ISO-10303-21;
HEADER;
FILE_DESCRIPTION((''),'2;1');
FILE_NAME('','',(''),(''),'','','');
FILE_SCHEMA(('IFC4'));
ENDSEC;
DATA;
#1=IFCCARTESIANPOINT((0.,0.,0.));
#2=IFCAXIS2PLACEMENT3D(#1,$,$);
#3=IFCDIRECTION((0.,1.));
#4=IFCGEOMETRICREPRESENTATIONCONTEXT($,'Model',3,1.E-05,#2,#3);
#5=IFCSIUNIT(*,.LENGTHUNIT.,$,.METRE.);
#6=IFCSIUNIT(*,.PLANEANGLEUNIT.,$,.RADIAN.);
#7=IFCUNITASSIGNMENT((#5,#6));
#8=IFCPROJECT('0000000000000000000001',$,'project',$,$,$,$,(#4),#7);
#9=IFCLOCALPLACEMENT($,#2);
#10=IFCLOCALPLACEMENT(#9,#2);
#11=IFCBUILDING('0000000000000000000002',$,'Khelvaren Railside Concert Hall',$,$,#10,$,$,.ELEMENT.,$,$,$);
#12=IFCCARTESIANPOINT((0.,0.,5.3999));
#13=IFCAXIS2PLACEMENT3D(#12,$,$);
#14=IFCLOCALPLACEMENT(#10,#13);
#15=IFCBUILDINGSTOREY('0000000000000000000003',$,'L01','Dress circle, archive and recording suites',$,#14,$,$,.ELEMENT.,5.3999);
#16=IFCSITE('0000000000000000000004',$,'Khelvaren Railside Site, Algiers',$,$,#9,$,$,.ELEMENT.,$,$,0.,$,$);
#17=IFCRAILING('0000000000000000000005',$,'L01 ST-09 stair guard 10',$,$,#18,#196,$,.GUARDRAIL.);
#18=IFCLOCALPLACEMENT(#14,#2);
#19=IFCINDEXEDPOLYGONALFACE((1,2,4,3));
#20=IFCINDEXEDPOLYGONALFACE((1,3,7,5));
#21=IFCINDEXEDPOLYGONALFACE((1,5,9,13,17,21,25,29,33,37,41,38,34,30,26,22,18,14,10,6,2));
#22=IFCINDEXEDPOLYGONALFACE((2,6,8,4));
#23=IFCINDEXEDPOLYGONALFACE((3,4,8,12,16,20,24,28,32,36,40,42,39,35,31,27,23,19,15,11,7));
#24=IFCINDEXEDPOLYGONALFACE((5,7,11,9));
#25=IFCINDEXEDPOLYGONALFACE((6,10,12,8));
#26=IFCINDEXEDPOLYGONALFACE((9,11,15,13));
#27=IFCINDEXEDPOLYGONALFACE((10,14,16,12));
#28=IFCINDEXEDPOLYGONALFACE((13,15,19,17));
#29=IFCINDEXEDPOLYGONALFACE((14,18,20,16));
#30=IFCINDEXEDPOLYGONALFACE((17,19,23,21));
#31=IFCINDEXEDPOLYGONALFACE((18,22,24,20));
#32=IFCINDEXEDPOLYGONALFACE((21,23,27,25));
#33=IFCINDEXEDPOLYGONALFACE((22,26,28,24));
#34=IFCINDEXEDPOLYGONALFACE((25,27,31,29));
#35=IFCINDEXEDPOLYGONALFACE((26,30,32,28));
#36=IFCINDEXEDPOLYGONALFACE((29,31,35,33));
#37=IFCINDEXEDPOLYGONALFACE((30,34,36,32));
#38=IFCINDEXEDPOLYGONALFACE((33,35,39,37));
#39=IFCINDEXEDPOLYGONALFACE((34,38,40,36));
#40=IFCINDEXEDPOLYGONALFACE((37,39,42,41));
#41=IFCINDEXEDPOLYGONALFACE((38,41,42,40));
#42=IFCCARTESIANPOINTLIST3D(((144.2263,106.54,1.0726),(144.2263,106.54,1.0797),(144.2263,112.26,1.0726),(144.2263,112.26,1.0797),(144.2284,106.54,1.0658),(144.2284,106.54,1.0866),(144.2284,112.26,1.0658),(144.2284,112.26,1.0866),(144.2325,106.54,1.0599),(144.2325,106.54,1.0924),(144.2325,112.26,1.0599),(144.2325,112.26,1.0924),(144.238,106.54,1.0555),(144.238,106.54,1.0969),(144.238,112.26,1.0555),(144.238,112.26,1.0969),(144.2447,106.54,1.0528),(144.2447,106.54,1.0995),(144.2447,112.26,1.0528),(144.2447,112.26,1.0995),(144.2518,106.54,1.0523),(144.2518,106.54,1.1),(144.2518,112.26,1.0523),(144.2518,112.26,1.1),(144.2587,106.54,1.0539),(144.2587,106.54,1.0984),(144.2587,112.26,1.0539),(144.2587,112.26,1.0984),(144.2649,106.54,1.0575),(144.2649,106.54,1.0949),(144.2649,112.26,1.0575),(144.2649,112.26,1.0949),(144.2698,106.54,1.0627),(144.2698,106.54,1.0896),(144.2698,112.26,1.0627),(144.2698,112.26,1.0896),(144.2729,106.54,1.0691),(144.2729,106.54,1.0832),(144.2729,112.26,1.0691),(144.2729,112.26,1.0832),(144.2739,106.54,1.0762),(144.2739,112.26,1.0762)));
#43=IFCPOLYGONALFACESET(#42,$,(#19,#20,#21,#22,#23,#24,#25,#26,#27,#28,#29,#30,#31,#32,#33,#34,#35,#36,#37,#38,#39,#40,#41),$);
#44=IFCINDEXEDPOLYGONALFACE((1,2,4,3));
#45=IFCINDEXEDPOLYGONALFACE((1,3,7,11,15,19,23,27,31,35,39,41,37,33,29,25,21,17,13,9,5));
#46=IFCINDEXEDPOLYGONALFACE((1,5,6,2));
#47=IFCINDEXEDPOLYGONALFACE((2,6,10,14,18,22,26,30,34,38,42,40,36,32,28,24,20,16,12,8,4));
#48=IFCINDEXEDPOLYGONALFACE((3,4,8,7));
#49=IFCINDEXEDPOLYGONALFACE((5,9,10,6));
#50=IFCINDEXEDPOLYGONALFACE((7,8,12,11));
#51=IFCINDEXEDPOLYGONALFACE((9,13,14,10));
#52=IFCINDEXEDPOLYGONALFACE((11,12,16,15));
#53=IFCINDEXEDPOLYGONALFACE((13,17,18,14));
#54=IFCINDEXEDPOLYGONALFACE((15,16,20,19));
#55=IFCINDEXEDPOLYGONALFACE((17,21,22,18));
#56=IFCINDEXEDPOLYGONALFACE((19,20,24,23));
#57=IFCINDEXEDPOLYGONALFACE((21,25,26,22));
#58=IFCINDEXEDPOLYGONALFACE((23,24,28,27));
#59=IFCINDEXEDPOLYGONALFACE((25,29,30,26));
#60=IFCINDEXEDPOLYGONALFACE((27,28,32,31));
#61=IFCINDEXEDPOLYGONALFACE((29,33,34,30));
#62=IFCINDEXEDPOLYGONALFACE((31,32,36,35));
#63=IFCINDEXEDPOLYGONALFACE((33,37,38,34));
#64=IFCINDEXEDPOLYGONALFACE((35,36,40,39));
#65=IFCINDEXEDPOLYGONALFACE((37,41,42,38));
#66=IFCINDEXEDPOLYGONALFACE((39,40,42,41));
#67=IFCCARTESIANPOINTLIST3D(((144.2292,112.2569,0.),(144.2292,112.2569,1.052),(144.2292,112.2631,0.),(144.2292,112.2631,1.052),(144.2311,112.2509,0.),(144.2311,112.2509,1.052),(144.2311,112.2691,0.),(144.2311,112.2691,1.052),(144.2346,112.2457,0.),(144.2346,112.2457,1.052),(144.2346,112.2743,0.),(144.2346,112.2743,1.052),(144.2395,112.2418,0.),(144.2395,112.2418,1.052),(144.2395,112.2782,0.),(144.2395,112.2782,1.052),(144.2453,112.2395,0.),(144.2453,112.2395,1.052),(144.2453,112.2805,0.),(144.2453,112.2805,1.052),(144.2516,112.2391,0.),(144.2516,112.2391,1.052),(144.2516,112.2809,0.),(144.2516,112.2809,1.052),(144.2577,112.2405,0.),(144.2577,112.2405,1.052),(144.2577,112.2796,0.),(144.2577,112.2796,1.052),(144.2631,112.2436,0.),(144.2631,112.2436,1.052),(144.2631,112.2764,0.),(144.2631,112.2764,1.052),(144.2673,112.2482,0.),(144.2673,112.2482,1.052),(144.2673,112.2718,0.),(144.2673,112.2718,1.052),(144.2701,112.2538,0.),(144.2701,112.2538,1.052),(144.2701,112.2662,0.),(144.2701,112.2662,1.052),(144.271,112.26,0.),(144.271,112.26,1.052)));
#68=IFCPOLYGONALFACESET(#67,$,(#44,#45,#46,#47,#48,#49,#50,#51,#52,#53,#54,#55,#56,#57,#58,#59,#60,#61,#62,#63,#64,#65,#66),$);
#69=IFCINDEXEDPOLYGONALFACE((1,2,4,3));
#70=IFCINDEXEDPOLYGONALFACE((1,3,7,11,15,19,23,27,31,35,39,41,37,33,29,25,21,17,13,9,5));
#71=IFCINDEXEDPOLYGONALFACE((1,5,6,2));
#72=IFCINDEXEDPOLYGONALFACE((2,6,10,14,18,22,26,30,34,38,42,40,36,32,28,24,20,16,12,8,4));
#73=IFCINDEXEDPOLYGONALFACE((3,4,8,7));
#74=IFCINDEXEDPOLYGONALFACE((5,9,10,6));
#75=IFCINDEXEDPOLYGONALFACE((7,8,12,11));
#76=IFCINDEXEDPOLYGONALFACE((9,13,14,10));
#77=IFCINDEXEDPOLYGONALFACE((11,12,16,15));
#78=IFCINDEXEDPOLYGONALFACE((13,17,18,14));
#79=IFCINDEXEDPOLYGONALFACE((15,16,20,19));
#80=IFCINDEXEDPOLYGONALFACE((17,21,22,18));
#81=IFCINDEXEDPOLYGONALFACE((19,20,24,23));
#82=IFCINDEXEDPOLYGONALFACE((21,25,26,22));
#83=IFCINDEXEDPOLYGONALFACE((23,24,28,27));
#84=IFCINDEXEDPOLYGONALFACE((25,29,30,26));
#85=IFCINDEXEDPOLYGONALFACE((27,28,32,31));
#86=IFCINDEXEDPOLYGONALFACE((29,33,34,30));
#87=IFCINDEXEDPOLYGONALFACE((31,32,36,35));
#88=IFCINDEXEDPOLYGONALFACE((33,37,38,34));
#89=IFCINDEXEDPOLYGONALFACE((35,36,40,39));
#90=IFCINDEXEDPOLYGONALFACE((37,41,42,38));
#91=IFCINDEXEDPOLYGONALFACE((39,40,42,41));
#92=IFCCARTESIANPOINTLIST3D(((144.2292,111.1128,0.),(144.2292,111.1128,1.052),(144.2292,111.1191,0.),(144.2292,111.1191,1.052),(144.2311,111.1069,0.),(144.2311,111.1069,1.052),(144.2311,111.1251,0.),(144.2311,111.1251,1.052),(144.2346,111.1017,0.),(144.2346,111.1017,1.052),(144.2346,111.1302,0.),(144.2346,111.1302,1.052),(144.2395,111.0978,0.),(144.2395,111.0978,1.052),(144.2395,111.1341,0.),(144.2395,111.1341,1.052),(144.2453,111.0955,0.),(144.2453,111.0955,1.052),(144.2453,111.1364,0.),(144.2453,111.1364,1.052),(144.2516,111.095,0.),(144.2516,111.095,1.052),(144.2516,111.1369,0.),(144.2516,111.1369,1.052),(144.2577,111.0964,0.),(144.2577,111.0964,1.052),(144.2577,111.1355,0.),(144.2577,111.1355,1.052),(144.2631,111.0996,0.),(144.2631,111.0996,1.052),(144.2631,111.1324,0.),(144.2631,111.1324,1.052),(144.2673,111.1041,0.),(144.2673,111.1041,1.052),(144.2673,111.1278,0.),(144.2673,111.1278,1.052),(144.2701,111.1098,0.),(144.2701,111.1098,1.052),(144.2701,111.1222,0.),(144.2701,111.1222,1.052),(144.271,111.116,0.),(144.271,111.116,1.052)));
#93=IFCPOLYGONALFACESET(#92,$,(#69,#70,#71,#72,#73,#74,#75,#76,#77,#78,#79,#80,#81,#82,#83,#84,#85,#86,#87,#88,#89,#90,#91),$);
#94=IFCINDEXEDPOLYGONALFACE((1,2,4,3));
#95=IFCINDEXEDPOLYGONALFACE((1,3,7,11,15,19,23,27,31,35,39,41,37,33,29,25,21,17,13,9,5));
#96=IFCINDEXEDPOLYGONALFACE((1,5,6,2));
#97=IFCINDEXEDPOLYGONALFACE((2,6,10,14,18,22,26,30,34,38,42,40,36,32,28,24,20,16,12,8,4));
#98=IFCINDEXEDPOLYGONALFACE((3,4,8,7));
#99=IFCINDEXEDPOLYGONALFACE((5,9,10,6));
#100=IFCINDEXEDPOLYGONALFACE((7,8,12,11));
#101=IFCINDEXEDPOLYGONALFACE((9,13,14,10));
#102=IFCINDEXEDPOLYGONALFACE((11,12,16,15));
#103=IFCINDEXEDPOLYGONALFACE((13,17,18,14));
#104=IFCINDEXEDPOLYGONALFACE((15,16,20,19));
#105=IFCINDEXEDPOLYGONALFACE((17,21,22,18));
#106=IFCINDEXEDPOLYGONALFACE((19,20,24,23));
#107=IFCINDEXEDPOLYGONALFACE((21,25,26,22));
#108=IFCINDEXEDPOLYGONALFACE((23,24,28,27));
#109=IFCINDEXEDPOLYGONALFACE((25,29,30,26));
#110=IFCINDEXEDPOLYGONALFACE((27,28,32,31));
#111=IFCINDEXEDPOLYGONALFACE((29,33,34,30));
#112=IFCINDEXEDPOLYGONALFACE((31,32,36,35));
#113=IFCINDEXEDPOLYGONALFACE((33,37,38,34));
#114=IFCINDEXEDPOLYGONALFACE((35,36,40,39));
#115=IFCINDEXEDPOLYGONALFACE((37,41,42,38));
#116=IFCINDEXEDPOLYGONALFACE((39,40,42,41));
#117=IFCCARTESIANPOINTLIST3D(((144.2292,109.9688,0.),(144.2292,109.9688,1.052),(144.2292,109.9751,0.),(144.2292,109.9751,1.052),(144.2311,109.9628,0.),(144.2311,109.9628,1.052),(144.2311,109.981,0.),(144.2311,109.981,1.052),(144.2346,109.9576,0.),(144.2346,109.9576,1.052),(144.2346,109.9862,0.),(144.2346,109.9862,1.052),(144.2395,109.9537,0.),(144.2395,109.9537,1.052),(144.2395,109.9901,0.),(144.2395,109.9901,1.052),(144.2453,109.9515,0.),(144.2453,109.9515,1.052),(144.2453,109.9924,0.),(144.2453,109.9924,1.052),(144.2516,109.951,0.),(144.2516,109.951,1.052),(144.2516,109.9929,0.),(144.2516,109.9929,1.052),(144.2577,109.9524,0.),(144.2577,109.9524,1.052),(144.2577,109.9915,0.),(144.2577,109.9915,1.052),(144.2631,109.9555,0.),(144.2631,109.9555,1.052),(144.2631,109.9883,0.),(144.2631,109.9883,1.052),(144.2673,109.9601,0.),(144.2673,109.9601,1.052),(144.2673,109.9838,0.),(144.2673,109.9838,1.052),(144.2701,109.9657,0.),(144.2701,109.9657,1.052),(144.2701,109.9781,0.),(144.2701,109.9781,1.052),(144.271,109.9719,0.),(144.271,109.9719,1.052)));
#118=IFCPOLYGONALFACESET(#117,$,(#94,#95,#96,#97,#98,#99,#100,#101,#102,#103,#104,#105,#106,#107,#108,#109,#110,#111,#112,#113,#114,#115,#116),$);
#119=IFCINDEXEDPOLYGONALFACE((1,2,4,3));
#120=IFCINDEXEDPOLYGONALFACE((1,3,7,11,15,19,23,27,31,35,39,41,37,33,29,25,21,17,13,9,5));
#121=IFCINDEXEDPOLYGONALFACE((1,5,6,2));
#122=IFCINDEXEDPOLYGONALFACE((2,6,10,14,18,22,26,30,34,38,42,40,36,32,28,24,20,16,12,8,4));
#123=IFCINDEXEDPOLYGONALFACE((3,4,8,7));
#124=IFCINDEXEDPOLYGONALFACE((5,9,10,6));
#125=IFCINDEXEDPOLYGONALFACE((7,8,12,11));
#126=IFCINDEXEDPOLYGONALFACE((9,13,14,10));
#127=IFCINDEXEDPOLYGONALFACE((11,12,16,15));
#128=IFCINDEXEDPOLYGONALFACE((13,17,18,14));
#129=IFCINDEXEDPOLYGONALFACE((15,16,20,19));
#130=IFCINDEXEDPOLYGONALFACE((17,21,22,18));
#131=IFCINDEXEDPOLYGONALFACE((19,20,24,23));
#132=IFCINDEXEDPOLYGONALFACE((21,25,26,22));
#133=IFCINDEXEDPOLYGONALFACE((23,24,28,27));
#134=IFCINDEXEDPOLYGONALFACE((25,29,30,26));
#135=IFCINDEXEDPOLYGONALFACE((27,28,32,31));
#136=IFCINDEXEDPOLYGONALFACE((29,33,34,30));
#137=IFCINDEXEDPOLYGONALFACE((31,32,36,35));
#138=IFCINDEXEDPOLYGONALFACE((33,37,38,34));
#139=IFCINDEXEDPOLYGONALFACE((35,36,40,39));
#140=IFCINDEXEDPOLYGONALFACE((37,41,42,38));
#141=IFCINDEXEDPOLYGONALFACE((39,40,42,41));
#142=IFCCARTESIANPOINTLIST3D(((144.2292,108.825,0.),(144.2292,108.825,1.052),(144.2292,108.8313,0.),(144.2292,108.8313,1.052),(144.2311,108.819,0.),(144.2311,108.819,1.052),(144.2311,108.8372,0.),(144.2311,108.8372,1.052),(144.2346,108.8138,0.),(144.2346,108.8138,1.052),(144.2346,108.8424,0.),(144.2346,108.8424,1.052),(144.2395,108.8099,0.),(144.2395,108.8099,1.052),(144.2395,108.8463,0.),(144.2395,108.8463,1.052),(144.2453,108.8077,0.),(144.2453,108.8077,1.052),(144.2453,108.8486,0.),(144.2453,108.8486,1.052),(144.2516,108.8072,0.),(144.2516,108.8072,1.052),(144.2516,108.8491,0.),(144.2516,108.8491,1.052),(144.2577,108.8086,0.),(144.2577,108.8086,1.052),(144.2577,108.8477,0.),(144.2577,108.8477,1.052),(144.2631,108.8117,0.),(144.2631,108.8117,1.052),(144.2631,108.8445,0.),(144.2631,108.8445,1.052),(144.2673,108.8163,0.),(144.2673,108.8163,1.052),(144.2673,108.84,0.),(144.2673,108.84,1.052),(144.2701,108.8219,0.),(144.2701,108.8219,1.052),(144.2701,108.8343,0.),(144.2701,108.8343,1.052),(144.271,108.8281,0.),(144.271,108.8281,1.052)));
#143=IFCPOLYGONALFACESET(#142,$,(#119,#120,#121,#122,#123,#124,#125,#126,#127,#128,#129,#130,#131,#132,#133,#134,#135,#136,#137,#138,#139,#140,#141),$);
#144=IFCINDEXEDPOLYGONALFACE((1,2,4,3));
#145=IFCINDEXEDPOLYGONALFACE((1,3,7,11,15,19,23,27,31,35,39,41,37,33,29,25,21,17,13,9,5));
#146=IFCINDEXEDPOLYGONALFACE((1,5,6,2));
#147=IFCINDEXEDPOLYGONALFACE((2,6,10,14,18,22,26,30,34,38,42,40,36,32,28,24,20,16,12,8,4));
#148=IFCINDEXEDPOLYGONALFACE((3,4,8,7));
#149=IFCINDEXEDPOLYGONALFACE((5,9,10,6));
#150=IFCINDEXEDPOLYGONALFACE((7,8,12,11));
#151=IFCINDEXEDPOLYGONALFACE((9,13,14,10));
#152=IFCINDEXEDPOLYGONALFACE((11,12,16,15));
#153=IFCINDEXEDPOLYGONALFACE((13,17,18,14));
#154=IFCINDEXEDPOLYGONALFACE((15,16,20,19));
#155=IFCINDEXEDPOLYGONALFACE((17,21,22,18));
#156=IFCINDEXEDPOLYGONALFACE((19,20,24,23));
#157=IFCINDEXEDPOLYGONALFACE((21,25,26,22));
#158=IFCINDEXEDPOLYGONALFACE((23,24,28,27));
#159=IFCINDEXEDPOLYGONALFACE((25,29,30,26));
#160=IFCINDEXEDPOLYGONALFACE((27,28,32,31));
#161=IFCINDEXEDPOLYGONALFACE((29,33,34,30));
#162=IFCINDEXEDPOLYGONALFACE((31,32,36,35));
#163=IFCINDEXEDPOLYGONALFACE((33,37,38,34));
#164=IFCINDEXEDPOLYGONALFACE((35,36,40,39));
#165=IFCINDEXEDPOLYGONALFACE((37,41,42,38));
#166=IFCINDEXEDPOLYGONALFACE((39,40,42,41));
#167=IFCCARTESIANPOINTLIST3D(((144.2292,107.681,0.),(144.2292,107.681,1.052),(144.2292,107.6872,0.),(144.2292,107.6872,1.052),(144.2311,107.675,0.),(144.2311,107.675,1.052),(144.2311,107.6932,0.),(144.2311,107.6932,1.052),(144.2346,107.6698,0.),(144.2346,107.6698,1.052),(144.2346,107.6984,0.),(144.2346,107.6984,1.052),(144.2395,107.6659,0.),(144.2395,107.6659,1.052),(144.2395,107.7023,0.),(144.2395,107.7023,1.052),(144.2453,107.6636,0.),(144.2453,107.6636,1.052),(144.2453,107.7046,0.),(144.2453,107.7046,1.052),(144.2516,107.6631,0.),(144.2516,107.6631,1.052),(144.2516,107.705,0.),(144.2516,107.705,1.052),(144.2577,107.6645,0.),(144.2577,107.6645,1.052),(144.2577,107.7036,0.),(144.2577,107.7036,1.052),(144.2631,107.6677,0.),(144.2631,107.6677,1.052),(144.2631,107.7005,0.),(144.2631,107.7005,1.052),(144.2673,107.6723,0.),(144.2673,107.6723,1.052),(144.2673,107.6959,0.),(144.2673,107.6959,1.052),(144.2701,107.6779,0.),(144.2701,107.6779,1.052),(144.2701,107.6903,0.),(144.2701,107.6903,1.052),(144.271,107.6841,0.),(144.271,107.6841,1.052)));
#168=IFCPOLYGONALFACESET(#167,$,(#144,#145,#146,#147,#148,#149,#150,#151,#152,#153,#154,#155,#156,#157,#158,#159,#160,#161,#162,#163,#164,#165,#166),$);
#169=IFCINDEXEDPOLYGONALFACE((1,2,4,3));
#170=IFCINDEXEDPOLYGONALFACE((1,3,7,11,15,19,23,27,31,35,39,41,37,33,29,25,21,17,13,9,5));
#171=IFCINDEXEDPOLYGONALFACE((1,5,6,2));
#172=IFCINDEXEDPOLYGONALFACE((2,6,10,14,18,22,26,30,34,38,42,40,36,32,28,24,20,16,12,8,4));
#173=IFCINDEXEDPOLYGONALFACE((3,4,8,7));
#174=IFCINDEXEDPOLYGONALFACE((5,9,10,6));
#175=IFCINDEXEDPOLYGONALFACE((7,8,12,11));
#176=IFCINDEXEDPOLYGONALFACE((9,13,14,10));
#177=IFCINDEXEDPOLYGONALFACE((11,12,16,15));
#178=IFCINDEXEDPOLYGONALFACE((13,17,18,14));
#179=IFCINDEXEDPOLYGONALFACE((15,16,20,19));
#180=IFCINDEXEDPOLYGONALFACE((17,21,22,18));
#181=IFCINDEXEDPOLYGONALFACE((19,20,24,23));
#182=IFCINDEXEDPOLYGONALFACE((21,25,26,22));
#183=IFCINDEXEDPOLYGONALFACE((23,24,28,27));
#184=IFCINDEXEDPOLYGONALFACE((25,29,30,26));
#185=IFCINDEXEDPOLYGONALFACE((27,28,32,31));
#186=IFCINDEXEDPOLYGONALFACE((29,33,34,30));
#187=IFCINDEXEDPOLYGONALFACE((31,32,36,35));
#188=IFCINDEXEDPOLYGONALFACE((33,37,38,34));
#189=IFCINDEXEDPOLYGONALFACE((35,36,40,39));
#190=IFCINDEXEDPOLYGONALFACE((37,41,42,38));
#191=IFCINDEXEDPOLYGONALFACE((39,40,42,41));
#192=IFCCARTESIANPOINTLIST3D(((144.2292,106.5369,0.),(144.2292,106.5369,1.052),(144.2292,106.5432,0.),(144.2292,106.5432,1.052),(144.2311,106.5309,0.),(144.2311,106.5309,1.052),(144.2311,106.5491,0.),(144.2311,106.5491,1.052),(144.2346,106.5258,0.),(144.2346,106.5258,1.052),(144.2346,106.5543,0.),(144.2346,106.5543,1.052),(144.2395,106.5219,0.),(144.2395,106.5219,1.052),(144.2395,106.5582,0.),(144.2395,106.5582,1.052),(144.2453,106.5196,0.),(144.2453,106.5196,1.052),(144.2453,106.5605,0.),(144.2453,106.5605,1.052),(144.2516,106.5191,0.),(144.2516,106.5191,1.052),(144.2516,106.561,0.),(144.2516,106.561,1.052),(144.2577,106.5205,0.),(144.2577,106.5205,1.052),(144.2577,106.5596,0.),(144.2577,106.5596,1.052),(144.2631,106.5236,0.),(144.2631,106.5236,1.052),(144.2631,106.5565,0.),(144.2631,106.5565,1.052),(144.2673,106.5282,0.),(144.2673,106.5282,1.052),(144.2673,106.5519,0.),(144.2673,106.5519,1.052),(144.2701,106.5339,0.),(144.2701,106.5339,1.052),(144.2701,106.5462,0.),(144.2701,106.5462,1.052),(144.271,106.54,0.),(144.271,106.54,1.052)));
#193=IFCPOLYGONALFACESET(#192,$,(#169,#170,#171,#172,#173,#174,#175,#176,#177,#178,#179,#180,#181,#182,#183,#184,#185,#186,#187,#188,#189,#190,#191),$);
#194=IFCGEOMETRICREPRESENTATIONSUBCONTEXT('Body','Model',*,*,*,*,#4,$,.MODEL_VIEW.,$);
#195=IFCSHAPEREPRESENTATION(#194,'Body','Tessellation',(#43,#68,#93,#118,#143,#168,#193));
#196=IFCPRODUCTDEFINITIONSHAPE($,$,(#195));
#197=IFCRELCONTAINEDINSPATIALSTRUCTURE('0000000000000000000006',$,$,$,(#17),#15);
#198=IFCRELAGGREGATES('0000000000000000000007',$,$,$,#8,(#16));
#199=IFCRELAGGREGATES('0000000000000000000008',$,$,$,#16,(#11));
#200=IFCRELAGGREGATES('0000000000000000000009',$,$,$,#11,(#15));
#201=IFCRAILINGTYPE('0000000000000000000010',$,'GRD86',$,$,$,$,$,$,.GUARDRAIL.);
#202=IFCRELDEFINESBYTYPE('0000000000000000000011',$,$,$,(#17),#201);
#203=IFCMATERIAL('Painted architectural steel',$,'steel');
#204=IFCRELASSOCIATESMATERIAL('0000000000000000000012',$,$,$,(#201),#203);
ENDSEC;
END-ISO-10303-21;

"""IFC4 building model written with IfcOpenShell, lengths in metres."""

from ifc_helpers import new_model, si_unit, direction, frame, origin, origin_2d, place, context, subcontext, project, spatial, circle, extrude, material, type_object, element, save


model = new_model("IFC4")

# Units and contexts
model_context = context("Model", 3, precision=1e-05, world=origin(), true_north=direction((0.0, 1.0)))
body_context = subcontext(model_context, "Body", "Model", "MODEL_VIEW")
ifc_project = project(units=[si_unit("LENGTHUNIT", "METRE"), si_unit("PLANEANGLEUNIT", "RADIAN")], contexts=[model_context])

# Site, building, storey
site_placement = place(None, origin())
site = spatial("IfcSite", under=ifc_project, at=site_placement, Name="Khelvaren Railside Site, Algiers", CompositionType="ELEMENT", RefElevation=0.0)
building_placement = place(site_placement, origin())
building = spatial("IfcBuilding", under=site, at=building_placement, Name="Khelvaren Railside Concert Hall", CompositionType="ELEMENT")
storey_placement = place(building_placement, frame((0.0, 0.0, 5.3999)))
storey = spatial("IfcBuildingStorey", under=building, at=storey_placement, Name="L01", Description="Dress circle, archive and recording suites", CompositionType="ELEMENT", Elevation=5.3999)

# Railing
ifc_material_1 = material(Name="Painted architectural steel", Category="steel")
railing_type_1 = type_object("IfcRailingType", Name="GRD86", PredefinedType="GUARDRAIL", material=ifc_material_1)
railing_1_placement = place(storey_placement, frame((144.25, 112.26, 0.0)))
element("IfcRailing", 1, at=railing_1_placement, inside=storey, type_object=railing_type_1, Name="L01 ST-09 stair guard 10", PredefinedType="GUARDRAIL", context=body_context, shape_type="SweptSolid", body=[
    extrude(circle(Radius=0.0239, at=origin_2d()), frame((0.0, 0.0, 1.0762), z_axis=(0.0, -1.0, 0.0), x_axis=(1.0, 0.0, 0.0)), (0.0, 0.0, 1.0), 5.72),
    extrude(circle(Radius=0.021, at=origin_2d()), origin(), (0.0, 0.0, 1.0), 1.052),
    extrude(circle(Radius=0.021, at=origin_2d()), frame((0.0, -1.144, 0.0)), (0.0, 0.0, 1.0), 1.052),
    extrude(circle(Radius=0.021, at=origin_2d()), frame((0.0, -2.2881, 0.0)), (0.0, 0.0, 1.0), 1.052),
    extrude(circle(Radius=0.021, at=origin_2d()), frame((0.0, -3.4319, 0.0)), (0.0, 0.0, 1.0), 1.052),
    extrude(circle(Radius=0.021, at=origin_2d()), frame((0.0, -4.5759, 0.0)), (0.0, 0.0, 1.0), 1.052),
    extrude(circle(Radius=0.021, at=origin_2d()), frame((0.0, -5.72, 0.0)), (0.0, 0.0, 1.0), 1.052),
])

save(model, "model.ifc")
